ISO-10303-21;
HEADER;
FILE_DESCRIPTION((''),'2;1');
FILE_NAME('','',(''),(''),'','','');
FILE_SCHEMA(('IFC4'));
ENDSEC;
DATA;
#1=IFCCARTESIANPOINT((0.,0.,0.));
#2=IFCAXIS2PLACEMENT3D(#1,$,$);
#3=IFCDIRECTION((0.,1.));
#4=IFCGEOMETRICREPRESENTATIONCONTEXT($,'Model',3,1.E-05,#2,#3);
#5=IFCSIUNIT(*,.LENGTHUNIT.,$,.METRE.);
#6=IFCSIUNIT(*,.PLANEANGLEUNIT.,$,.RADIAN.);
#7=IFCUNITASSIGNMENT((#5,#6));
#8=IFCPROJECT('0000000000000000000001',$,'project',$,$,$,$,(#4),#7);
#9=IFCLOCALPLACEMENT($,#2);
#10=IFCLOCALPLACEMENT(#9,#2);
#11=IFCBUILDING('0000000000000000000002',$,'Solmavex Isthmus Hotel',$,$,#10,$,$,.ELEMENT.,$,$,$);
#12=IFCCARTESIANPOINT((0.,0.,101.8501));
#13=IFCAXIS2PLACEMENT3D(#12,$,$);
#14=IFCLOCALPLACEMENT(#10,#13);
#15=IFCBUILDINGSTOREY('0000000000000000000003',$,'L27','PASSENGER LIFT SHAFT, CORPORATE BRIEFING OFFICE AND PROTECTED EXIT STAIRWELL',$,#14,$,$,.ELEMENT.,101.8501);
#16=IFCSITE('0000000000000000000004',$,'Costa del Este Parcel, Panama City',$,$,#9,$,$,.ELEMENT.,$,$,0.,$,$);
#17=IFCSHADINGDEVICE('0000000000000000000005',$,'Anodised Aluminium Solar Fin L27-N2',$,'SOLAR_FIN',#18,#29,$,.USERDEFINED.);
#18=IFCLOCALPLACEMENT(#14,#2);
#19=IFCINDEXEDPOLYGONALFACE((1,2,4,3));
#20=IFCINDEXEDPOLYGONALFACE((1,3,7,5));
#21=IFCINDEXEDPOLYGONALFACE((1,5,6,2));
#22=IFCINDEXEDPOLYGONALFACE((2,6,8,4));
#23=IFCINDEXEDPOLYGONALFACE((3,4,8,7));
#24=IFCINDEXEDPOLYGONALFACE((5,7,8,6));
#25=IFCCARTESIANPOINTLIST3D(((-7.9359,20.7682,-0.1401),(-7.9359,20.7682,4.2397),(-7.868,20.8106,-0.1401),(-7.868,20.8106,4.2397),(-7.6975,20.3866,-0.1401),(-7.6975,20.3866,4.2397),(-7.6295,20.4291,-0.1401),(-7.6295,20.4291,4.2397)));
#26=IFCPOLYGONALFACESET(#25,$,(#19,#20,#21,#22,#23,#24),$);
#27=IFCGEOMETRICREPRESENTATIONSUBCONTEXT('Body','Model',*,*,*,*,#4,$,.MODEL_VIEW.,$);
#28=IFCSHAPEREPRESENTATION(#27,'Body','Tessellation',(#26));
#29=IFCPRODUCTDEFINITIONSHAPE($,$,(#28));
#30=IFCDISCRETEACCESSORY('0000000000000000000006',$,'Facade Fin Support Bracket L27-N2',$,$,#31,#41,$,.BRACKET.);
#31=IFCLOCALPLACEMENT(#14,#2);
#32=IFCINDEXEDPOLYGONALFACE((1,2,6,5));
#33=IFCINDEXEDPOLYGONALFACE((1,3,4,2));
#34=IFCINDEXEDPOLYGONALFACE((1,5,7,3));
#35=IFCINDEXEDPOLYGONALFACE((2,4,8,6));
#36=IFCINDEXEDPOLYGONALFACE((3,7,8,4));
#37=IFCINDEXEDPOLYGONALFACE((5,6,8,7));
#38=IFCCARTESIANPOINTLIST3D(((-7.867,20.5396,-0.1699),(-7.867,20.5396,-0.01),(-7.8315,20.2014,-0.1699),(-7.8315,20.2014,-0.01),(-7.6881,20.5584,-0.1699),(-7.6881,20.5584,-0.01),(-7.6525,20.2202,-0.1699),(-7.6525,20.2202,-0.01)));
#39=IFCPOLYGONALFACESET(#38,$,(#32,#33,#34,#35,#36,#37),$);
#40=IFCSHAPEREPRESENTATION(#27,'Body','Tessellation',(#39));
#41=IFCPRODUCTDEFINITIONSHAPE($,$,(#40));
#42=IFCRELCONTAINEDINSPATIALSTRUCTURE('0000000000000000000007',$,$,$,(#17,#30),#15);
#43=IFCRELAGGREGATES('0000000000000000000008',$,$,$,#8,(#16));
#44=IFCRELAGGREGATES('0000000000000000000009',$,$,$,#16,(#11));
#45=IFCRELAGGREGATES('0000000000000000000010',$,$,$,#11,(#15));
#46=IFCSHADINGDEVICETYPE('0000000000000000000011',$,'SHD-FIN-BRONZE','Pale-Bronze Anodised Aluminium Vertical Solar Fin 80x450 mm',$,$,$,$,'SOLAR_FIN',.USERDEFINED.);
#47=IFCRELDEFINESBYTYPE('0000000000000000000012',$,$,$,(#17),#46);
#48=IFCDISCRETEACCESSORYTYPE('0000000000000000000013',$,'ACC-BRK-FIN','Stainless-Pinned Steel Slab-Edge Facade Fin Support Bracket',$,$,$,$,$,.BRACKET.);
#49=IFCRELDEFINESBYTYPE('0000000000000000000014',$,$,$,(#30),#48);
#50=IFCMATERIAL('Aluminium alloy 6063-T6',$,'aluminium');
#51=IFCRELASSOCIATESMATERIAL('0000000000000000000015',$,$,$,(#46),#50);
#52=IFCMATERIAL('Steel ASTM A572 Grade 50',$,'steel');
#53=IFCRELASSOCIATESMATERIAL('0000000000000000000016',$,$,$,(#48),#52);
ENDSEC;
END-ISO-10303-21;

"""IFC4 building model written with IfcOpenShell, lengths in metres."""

from ifc_helpers import new_model, si_unit, direction, frame, origin, origin_2d, place, context, subcontext, project, spatial, rectangle, extrude, material, type_object, element, save


model = new_model("IFC4")

# Units and contexts
model_context = context("Model", 3, precision=1e-05, world=origin(), true_north=direction((0.0, 1.0)))
body_context = subcontext(model_context, "Body", "Model", "MODEL_VIEW")
ifc_project = project(units=[si_unit("LENGTHUNIT", "METRE"), si_unit("PLANEANGLEUNIT", "RADIAN")], contexts=[model_context])

# Site, building, storey
site_placement = place(None, origin())
site = spatial("IfcSite", under=ifc_project, at=site_placement, Name="Costa del Este Parcel, Panama City", CompositionType="ELEMENT", RefElevation=0.0)
building_placement = place(site_placement, origin())
building = spatial("IfcBuilding", under=site, at=building_placement, Name="Solmavex Isthmus Hotel", CompositionType="ELEMENT")
storey_placement = place(building_placement, frame((0.0, 0.0, 101.8501)))
storey = spatial("IfcBuildingStorey", under=building, at=storey_placement, Name="L27", Description="PASSENGER LIFT SHAFT, CORPORATE BRIEFING OFFICE AND PROTECTED EXIT STAIRWELL", CompositionType="ELEMENT", Elevation=101.8501)

# Shared definitions
ifc_material_1 = material(Name="Aluminium alloy 6063-T6", Category="aluminium")

# Shading device
shading_device_type = type_object("IfcShadingDeviceType", Name="SHD-FIN-BRONZE", Description="Pale-Bronze Anodised Aluminium Vertical Solar Fin 80x450 mm", ElementType="SOLAR_FIN", PredefinedType="USERDEFINED", material=ifc_material_1)
shading_device_placement = place(storey_placement, frame((-7.7827, 20.5986, -0.1401), z_axis=(0.0, 0.0, 1.0), x_axis=(-0.529919, 0.848048, 0.0)))
element("IfcShadingDevice", 1, at=shading_device_placement, inside=storey, type_object=shading_device_type, Name="Anodised Aluminium Solar Fin L27-N2", ObjectType="SOLAR_FIN", PredefinedType="USERDEFINED", context=body_context, shape_type="SweptSolid", body=[
    extrude(rectangle(XDim=0.45, YDim=0.0801, at=origin_2d()), origin(), (0.0, 0.0, 1.0), 4.3799),
])

# Discrete accessory
ifc_material_2 = material(Name="Steel ASTM A572 Grade 50", Category="steel")
discrete_accessory_type = type_object("IfcDiscreteAccessoryType", Name="ACC-BRK-FIN", Description="Stainless-Pinned Steel Slab-Edge Facade Fin Support Bracket", PredefinedType="BRACKET", material=ifc_material_2)
discrete_accessory_placement = place(storey_placement, frame((-7.7598, 20.3799, -0.1699), z_axis=(0.0, 0.0, 1.0), x_axis=(-0.104528, 0.994522, 0.0)))
element("IfcDiscreteAccessory", 2, at=discrete_accessory_placement, inside=storey, type_object=discrete_accessory_type, Name="Facade Fin Support Bracket L27-N2", PredefinedType="BRACKET", context=body_context, shape_type="SweptSolid", body=[
    extrude(rectangle(XDim=0.3401, YDim=0.1799, at=origin_2d()), origin(), (0.0, 0.0, 1.0), 0.1599),
])

save(model, "model.ifc")
